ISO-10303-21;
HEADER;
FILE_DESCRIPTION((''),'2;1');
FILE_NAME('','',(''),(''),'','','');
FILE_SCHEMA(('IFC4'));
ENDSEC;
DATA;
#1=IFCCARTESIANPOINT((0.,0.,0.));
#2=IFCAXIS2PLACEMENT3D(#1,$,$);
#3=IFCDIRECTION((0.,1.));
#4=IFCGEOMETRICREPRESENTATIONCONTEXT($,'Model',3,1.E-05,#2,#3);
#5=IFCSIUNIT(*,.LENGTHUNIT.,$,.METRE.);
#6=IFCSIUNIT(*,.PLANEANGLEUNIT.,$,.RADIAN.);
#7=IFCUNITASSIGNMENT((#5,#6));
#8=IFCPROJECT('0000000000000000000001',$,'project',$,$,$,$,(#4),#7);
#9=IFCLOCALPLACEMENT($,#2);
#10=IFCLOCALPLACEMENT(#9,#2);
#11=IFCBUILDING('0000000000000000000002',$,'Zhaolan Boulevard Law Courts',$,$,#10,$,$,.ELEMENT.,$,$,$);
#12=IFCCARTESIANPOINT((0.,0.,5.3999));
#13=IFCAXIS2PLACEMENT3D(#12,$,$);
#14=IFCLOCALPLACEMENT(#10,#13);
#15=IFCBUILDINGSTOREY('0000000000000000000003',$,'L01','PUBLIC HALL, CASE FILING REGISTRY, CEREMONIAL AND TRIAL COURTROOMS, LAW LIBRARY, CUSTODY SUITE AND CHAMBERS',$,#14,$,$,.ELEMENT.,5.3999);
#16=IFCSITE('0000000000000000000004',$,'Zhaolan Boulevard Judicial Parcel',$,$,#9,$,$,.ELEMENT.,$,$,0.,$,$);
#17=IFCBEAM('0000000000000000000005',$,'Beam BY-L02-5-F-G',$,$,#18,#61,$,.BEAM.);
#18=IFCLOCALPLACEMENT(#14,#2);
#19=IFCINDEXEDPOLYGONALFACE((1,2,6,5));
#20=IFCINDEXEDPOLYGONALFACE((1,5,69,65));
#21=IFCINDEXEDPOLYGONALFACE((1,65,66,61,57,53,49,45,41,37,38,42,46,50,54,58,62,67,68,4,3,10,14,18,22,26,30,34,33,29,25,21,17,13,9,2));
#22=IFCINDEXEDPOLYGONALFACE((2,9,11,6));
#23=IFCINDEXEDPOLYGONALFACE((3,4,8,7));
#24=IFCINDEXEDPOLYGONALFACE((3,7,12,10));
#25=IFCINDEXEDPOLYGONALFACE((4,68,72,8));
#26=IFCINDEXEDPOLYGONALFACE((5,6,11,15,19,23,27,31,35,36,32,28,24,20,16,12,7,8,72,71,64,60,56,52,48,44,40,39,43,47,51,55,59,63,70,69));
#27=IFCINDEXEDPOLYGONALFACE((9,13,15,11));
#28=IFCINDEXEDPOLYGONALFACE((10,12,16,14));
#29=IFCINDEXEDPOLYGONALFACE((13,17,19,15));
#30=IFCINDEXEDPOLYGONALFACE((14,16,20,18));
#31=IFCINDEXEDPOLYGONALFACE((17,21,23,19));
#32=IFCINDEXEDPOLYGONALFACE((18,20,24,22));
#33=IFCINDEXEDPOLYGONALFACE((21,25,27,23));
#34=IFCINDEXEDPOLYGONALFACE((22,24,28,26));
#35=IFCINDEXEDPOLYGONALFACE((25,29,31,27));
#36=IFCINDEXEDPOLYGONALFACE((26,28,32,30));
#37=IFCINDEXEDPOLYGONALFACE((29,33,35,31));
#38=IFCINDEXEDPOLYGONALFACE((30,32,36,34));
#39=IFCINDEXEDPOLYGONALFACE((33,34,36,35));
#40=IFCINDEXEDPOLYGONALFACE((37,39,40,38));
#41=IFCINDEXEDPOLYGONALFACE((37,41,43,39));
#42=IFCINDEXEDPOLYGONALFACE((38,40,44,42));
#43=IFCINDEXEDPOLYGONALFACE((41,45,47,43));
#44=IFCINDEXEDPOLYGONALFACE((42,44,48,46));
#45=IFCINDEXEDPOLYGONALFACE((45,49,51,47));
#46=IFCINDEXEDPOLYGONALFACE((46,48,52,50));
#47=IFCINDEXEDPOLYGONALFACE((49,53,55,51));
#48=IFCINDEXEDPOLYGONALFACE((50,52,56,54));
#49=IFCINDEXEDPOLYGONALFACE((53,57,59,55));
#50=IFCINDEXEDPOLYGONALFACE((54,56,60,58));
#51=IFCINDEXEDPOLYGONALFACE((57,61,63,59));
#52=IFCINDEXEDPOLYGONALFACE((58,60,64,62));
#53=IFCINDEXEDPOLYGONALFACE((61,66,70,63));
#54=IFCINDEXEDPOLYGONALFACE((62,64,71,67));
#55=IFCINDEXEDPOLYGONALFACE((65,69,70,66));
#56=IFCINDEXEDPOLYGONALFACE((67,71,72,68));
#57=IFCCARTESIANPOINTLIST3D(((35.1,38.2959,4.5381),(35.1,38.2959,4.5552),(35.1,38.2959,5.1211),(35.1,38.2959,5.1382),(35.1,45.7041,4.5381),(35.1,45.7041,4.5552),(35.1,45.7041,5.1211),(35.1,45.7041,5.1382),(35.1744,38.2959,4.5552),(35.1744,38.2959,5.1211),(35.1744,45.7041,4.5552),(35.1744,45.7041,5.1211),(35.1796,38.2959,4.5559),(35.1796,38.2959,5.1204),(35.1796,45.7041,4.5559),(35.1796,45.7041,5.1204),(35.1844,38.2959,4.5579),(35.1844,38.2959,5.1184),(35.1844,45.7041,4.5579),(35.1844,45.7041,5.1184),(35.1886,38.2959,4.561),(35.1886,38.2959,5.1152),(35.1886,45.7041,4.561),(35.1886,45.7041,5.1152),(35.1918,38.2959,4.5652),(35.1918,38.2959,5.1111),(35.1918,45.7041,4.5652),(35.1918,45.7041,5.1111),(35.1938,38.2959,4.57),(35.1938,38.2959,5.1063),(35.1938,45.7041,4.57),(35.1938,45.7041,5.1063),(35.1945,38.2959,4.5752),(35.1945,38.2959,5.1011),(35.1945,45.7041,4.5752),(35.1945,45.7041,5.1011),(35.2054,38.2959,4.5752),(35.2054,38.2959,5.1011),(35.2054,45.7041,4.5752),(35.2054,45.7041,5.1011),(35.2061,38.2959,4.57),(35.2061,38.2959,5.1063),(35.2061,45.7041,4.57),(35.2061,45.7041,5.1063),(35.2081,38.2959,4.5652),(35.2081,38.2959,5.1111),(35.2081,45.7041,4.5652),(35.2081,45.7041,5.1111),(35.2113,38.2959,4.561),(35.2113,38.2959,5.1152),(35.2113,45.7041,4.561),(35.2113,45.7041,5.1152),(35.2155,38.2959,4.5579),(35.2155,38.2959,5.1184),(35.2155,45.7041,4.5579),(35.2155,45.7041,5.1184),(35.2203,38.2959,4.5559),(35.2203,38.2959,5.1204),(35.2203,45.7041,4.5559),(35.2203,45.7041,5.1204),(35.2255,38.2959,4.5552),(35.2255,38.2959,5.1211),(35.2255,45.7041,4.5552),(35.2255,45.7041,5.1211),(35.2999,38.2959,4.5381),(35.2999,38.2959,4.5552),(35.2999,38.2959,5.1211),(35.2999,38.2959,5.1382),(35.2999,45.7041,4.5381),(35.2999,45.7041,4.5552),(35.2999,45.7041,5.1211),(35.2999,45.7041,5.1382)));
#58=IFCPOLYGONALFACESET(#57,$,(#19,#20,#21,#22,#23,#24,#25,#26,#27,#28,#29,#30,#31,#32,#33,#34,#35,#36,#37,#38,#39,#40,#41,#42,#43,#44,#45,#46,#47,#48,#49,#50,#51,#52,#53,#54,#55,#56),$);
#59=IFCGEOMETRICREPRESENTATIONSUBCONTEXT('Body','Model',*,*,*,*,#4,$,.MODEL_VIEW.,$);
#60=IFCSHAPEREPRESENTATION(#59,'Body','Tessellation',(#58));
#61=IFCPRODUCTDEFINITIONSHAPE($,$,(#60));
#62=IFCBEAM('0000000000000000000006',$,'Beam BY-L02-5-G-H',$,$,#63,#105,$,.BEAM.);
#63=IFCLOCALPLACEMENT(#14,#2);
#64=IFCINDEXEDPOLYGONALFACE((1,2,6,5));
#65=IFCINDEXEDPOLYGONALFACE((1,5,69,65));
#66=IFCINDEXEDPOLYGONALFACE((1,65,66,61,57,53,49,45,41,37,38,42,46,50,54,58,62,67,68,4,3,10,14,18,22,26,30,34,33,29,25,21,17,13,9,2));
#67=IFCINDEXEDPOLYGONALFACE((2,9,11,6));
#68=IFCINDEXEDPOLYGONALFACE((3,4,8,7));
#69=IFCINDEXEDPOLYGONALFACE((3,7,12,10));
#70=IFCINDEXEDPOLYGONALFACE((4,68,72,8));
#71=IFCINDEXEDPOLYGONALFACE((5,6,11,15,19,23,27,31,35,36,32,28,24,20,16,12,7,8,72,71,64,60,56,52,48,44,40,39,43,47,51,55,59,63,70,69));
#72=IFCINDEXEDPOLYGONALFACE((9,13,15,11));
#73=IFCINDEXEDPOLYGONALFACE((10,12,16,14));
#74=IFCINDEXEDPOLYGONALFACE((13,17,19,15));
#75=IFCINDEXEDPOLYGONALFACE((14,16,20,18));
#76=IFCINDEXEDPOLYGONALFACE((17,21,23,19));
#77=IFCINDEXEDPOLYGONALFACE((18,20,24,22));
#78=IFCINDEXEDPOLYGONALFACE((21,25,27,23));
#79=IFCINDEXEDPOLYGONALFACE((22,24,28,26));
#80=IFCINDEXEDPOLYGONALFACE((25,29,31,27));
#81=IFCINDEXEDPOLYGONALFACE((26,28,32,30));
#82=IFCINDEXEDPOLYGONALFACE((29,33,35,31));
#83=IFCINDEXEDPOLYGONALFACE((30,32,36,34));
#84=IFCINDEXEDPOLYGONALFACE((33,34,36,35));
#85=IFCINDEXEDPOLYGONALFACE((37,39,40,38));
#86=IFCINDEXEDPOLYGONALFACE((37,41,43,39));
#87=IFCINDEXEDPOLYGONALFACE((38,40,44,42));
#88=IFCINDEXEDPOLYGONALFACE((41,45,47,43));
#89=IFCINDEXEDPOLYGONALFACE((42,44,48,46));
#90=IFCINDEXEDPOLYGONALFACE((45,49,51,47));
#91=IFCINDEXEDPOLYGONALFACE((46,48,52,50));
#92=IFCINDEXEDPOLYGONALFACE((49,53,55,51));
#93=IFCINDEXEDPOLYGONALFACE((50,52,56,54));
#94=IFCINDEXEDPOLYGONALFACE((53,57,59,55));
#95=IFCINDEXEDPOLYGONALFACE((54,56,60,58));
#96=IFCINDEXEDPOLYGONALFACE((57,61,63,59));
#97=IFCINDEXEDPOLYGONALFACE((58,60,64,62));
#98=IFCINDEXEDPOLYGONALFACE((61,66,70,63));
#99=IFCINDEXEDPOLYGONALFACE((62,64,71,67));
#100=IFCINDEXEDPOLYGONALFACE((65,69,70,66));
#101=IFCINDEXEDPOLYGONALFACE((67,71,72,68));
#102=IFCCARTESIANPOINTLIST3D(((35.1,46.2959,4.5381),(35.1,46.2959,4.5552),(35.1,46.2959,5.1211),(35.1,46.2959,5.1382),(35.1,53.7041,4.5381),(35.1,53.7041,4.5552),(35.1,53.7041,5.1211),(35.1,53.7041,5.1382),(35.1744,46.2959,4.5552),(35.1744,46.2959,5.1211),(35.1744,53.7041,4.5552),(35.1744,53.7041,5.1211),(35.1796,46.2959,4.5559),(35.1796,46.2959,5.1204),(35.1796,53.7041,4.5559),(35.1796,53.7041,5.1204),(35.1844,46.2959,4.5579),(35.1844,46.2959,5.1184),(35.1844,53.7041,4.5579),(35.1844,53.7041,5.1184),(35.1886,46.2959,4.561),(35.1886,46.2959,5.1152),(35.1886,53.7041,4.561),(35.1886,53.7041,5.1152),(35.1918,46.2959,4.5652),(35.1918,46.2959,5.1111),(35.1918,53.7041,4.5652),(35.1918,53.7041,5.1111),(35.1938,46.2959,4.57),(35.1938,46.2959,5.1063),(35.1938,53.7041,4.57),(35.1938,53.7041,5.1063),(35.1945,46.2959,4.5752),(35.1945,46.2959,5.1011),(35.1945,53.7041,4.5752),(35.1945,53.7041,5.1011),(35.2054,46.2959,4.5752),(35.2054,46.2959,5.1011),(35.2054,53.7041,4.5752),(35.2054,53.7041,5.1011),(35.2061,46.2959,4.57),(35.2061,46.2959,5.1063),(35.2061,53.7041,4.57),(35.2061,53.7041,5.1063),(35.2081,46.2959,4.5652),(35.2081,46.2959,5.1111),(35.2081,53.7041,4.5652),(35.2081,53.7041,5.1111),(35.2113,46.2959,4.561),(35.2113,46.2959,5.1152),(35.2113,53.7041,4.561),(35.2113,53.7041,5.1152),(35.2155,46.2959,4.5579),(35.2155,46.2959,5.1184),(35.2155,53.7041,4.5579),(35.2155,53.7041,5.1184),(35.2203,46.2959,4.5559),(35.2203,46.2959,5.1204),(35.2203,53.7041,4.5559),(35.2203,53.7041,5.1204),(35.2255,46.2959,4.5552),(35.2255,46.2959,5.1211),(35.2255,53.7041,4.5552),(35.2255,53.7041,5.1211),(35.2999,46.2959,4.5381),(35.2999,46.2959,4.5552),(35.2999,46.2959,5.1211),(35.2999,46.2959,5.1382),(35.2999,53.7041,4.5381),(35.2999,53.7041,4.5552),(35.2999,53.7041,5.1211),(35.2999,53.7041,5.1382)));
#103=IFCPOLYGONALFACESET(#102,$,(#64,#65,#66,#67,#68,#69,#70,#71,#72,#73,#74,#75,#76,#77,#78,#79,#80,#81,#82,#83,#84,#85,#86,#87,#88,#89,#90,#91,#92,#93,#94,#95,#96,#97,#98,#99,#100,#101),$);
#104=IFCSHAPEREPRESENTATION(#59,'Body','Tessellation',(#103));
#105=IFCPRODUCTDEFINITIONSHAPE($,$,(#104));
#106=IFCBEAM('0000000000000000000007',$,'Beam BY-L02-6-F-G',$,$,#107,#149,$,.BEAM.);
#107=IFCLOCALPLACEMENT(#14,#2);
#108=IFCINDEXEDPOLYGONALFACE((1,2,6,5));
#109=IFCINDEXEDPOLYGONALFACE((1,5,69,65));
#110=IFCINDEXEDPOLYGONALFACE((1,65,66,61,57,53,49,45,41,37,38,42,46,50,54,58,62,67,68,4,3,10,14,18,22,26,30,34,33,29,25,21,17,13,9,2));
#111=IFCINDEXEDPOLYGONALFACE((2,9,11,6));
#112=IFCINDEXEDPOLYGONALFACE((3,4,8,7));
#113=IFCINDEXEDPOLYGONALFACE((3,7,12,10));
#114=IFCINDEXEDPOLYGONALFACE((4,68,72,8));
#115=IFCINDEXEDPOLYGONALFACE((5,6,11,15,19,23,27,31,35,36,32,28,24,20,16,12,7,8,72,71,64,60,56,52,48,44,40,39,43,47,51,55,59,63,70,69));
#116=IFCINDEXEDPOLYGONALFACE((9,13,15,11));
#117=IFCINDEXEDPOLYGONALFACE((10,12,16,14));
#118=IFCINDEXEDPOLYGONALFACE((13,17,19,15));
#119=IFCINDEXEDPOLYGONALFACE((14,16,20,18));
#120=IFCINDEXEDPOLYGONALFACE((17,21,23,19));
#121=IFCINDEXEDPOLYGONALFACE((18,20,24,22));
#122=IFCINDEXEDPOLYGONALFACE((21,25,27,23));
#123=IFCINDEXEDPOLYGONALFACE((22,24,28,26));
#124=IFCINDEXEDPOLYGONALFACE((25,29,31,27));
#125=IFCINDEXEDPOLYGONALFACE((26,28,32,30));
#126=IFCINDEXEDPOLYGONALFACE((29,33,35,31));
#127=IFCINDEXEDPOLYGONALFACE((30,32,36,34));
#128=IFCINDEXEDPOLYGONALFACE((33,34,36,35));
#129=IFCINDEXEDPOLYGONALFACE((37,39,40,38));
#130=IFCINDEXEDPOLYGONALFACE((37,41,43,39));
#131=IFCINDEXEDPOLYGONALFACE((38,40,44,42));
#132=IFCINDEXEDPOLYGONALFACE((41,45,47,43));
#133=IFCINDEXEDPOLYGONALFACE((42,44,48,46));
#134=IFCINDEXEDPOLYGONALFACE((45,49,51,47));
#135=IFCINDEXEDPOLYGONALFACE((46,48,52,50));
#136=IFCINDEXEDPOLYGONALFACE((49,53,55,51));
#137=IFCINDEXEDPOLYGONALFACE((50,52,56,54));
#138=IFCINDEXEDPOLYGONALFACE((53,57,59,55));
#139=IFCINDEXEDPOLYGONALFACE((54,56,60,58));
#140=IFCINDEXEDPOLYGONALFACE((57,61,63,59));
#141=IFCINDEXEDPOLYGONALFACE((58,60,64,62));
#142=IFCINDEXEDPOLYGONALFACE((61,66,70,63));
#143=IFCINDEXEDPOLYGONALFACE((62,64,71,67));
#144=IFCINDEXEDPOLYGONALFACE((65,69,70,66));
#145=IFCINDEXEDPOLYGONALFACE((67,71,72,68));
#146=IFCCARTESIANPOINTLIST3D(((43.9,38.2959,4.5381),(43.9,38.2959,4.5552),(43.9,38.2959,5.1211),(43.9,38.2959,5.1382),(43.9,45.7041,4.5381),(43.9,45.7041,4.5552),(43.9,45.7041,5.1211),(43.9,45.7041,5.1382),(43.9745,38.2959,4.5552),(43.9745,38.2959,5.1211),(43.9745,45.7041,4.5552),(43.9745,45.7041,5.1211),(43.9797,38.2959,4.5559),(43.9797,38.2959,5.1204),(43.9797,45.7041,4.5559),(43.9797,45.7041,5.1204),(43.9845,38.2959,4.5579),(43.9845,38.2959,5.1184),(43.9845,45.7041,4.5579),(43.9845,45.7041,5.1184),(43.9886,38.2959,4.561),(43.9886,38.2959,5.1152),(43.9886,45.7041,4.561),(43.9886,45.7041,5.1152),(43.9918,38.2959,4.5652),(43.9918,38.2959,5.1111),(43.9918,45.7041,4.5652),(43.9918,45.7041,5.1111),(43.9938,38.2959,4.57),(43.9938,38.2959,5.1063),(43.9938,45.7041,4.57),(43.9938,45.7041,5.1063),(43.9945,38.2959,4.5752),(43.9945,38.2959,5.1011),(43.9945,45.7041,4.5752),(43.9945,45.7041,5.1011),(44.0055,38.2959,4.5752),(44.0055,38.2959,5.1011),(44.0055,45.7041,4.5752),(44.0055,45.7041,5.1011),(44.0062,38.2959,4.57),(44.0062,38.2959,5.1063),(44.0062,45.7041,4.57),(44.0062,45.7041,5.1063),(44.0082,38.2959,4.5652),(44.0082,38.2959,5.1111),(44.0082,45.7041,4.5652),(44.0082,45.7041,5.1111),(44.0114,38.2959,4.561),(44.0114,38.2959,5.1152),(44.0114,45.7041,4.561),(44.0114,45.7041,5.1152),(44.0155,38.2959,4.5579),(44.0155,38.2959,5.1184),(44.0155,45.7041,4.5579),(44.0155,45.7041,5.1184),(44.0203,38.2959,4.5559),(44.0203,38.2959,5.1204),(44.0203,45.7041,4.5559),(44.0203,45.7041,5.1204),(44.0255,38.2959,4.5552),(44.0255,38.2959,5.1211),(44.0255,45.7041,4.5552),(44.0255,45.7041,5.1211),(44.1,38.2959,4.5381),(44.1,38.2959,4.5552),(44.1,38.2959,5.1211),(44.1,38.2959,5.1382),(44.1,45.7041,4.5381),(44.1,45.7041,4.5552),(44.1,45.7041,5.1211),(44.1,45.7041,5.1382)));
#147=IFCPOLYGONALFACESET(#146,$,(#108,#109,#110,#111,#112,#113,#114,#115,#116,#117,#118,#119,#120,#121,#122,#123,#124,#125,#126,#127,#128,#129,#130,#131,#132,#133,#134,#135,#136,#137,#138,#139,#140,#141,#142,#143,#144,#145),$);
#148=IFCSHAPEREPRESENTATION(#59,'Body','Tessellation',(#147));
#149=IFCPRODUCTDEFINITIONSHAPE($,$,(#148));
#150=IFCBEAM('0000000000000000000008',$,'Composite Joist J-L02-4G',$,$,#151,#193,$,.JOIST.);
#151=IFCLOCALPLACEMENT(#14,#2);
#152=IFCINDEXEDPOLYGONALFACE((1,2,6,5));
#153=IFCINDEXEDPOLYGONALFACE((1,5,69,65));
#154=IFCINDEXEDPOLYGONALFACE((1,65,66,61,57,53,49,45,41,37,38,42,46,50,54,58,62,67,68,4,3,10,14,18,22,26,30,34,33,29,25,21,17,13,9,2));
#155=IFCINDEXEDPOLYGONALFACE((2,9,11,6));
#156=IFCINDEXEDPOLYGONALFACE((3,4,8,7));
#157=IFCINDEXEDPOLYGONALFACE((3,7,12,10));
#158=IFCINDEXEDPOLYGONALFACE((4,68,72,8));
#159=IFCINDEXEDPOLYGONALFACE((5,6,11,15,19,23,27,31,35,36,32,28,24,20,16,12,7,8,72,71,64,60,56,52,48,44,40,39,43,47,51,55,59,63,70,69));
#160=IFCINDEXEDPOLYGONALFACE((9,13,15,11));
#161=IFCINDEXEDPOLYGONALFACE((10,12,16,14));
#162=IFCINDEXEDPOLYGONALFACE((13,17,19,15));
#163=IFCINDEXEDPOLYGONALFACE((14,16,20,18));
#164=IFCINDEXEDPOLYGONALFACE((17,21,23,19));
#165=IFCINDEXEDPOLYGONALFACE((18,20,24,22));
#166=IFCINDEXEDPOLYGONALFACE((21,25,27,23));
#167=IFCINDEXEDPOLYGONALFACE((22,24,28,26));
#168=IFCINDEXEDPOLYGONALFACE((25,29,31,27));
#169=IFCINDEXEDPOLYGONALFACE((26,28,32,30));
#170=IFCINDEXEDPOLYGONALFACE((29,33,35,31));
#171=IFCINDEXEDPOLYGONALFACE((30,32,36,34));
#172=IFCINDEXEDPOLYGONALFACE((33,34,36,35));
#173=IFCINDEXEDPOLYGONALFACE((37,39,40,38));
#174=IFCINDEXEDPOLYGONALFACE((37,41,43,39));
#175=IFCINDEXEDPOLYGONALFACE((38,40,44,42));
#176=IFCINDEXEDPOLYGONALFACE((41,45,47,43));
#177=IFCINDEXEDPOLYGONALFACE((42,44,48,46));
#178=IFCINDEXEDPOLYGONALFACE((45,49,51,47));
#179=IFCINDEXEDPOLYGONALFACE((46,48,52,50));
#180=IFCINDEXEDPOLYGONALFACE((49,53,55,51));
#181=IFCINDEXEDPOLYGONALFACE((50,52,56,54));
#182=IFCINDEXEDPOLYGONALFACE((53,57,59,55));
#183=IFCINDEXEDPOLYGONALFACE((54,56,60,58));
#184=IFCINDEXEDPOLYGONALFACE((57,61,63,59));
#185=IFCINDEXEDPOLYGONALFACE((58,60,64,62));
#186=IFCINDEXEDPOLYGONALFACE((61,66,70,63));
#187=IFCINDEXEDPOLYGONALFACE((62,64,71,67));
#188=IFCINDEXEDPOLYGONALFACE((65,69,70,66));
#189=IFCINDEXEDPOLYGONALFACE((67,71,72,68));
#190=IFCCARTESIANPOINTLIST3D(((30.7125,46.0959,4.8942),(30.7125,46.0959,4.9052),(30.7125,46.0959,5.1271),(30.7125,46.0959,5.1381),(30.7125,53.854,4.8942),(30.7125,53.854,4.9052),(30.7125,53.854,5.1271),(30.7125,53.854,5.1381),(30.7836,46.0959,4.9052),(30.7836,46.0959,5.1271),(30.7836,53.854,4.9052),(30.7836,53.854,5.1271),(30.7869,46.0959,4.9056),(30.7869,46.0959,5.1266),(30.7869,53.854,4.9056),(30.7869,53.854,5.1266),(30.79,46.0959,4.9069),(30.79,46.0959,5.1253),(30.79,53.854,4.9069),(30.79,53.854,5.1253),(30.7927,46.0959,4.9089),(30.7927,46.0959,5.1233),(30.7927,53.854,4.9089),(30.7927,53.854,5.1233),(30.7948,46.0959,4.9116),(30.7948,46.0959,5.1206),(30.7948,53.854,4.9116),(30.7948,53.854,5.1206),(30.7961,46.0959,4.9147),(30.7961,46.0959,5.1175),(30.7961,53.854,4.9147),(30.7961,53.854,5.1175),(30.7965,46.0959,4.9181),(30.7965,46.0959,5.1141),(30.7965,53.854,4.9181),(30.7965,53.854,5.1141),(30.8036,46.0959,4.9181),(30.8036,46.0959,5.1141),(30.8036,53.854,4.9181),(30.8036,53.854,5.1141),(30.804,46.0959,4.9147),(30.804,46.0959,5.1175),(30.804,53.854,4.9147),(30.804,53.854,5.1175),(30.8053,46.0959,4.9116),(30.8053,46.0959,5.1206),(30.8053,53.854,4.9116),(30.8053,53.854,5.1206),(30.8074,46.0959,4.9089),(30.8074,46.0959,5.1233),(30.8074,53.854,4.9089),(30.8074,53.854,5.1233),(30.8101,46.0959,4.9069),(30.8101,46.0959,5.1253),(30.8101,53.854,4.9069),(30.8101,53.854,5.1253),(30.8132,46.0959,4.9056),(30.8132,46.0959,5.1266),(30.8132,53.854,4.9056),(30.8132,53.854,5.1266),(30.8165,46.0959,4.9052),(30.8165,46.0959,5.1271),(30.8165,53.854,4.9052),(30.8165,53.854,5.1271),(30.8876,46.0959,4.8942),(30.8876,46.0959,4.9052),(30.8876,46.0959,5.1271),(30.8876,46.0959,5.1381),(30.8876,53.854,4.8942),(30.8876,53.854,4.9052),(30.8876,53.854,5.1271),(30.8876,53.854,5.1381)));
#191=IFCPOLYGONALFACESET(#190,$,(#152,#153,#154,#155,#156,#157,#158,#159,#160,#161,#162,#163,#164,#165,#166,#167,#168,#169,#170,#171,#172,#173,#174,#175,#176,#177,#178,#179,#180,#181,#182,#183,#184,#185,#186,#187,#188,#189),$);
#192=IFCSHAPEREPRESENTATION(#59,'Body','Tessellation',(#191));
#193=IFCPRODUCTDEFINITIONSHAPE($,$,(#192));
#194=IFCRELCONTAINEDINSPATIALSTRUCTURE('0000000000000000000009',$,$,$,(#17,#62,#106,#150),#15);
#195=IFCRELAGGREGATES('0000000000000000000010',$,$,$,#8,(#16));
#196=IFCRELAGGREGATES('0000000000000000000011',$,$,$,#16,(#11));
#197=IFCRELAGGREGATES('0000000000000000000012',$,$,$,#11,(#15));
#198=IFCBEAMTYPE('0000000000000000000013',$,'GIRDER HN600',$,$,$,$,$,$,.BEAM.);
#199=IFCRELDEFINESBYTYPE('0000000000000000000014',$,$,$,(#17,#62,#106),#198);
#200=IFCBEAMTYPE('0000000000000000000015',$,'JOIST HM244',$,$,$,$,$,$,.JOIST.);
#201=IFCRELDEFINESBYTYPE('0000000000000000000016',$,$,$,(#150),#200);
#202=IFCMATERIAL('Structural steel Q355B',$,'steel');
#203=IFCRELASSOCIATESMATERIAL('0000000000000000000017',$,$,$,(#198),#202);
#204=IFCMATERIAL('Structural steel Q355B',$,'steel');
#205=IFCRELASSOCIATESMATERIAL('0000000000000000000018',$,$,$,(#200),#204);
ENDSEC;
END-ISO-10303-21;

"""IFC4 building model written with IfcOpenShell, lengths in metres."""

from ifc_helpers import new_model, si_unit, direction, frame, origin, origin_2d, place, context, subcontext, project, spatial, i_section, extrude, material, material_profile, profile_set, type_object, element, save


model = new_model("IFC4")

# Units and contexts
model_context = context("Model", 3, precision=1e-05, world=origin(), true_north=direction((0.0, 1.0)))
body_context = subcontext(model_context, "Body", "Model", "MODEL_VIEW")
ifc_project = project(units=[si_unit("LENGTHUNIT", "METRE"), si_unit("PLANEANGLEUNIT", "RADIAN")], contexts=[model_context])

# Site, building, storey
site_placement = place(None, origin())
site = spatial("IfcSite", under=ifc_project, at=site_placement, Name="Zhaolan Boulevard Judicial Parcel", CompositionType="ELEMENT", RefElevation=0.0)
building_placement = place(site_placement, origin())
building = spatial("IfcBuilding", under=site, at=building_placement, Name="Zhaolan Boulevard Law Courts", CompositionType="ELEMENT")
storey_placement = place(building_placement, frame((0.0, 0.0, 5.3999)))
storey = spatial("IfcBuildingStorey", under=building, at=storey_placement, Name="L01", Description="PUBLIC HALL, CASE FILING REGISTRY, CEREMONIAL AND TRIAL COURTROOMS, LAW LIBRARY, CUSTODY SUITE AND CHAMBERS", CompositionType="ELEMENT", Elevation=5.3999)

# Beams
ifc_material_1 = material(Name="Structural steel Q355B", Category="steel")
ifc_material_profile_1 = material_profile(ifc_material_1, i_section(OverallWidth=0.2, OverallDepth=0.6001, WebThickness=0.011, FlangeThickness=0.0171, FilletRadius=0.02, at=origin_2d()), Name="HN600x200")
ifc_profile_set_1 = profile_set([ifc_material_profile_1], Name="Structural steel Q355B")
beam_type_1 = type_object("IfcBeamType", Name="GIRDER HN600", PredefinedType="BEAM", material=ifc_profile_set_1)
for number, where, z_axis, x_axis, name in (
    (1, (35.2, 38.2959, 4.8381), (0.0, 1.0, 0.0), (-1.0, 0.0, 0.0), "Beam BY-L02-5-F-G"),
    (2, (35.2, 46.2959, 4.8381), (0.0, 1.0, 0.0), (-1.0, 0.0, 0.0), "Beam BY-L02-5-G-H"),
    (3, (44.0, 38.2959, 4.8381), (0.0, 1.0, 0.0), (-1.0, 0.0, 0.0), "Beam BY-L02-6-F-G"),
):
    element("IfcBeam", number, at=place(storey_placement, frame(where, z_axis=z_axis, x_axis=x_axis)), inside=storey, type_object=beam_type_1, Name=name, PredefinedType="BEAM", context=body_context, shape_type="SweptSolid", body=[
        extrude(i_section(OverallWidth=0.2, OverallDepth=0.6001, WebThickness=0.011, FlangeThickness=0.0171, FilletRadius=0.02, at=origin_2d()), origin(), (0.0, 0.0, 1.0), 7.4082),
    ])
ifc_material_2 = material(Name="Structural steel Q355B", Category="steel")
ifc_material_profile_2 = material_profile(ifc_material_2, i_section(OverallWidth=0.175, OverallDepth=0.2439, WebThickness=0.0071, FlangeThickness=0.011, FilletRadius=0.0129, at=origin_2d()), Name="HM244x175")
ifc_profile_set_2 = profile_set([ifc_material_profile_2], Name="Structural steel Q355B")
beam_type_2 = type_object("IfcBeamType", Name="JOIST HM244", PredefinedType="JOIST", material=ifc_profile_set_2)
for number, where, z_axis, x_axis, name in (
    (4, (30.8, 46.0959, 5.0161), (0.0, 1.0, 0.0), (-1.0, 0.0, 0.0), "Composite Joist J-L02-4G"),
):
    element("IfcBeam", number, at=place(storey_placement, frame(where, z_axis=z_axis, x_axis=x_axis)), inside=storey, type_object=beam_type_2, Name=name, PredefinedType="JOIST", context=body_context, shape_type="SweptSolid", body=[
        extrude(i_section(OverallWidth=0.175, OverallDepth=0.2439, WebThickness=0.0071, FlangeThickness=0.011, FilletRadius=0.0129, at=origin_2d()), origin(), (0.0, 0.0, 1.0), 7.7581),
    ])

save(model, "model.ifc")
